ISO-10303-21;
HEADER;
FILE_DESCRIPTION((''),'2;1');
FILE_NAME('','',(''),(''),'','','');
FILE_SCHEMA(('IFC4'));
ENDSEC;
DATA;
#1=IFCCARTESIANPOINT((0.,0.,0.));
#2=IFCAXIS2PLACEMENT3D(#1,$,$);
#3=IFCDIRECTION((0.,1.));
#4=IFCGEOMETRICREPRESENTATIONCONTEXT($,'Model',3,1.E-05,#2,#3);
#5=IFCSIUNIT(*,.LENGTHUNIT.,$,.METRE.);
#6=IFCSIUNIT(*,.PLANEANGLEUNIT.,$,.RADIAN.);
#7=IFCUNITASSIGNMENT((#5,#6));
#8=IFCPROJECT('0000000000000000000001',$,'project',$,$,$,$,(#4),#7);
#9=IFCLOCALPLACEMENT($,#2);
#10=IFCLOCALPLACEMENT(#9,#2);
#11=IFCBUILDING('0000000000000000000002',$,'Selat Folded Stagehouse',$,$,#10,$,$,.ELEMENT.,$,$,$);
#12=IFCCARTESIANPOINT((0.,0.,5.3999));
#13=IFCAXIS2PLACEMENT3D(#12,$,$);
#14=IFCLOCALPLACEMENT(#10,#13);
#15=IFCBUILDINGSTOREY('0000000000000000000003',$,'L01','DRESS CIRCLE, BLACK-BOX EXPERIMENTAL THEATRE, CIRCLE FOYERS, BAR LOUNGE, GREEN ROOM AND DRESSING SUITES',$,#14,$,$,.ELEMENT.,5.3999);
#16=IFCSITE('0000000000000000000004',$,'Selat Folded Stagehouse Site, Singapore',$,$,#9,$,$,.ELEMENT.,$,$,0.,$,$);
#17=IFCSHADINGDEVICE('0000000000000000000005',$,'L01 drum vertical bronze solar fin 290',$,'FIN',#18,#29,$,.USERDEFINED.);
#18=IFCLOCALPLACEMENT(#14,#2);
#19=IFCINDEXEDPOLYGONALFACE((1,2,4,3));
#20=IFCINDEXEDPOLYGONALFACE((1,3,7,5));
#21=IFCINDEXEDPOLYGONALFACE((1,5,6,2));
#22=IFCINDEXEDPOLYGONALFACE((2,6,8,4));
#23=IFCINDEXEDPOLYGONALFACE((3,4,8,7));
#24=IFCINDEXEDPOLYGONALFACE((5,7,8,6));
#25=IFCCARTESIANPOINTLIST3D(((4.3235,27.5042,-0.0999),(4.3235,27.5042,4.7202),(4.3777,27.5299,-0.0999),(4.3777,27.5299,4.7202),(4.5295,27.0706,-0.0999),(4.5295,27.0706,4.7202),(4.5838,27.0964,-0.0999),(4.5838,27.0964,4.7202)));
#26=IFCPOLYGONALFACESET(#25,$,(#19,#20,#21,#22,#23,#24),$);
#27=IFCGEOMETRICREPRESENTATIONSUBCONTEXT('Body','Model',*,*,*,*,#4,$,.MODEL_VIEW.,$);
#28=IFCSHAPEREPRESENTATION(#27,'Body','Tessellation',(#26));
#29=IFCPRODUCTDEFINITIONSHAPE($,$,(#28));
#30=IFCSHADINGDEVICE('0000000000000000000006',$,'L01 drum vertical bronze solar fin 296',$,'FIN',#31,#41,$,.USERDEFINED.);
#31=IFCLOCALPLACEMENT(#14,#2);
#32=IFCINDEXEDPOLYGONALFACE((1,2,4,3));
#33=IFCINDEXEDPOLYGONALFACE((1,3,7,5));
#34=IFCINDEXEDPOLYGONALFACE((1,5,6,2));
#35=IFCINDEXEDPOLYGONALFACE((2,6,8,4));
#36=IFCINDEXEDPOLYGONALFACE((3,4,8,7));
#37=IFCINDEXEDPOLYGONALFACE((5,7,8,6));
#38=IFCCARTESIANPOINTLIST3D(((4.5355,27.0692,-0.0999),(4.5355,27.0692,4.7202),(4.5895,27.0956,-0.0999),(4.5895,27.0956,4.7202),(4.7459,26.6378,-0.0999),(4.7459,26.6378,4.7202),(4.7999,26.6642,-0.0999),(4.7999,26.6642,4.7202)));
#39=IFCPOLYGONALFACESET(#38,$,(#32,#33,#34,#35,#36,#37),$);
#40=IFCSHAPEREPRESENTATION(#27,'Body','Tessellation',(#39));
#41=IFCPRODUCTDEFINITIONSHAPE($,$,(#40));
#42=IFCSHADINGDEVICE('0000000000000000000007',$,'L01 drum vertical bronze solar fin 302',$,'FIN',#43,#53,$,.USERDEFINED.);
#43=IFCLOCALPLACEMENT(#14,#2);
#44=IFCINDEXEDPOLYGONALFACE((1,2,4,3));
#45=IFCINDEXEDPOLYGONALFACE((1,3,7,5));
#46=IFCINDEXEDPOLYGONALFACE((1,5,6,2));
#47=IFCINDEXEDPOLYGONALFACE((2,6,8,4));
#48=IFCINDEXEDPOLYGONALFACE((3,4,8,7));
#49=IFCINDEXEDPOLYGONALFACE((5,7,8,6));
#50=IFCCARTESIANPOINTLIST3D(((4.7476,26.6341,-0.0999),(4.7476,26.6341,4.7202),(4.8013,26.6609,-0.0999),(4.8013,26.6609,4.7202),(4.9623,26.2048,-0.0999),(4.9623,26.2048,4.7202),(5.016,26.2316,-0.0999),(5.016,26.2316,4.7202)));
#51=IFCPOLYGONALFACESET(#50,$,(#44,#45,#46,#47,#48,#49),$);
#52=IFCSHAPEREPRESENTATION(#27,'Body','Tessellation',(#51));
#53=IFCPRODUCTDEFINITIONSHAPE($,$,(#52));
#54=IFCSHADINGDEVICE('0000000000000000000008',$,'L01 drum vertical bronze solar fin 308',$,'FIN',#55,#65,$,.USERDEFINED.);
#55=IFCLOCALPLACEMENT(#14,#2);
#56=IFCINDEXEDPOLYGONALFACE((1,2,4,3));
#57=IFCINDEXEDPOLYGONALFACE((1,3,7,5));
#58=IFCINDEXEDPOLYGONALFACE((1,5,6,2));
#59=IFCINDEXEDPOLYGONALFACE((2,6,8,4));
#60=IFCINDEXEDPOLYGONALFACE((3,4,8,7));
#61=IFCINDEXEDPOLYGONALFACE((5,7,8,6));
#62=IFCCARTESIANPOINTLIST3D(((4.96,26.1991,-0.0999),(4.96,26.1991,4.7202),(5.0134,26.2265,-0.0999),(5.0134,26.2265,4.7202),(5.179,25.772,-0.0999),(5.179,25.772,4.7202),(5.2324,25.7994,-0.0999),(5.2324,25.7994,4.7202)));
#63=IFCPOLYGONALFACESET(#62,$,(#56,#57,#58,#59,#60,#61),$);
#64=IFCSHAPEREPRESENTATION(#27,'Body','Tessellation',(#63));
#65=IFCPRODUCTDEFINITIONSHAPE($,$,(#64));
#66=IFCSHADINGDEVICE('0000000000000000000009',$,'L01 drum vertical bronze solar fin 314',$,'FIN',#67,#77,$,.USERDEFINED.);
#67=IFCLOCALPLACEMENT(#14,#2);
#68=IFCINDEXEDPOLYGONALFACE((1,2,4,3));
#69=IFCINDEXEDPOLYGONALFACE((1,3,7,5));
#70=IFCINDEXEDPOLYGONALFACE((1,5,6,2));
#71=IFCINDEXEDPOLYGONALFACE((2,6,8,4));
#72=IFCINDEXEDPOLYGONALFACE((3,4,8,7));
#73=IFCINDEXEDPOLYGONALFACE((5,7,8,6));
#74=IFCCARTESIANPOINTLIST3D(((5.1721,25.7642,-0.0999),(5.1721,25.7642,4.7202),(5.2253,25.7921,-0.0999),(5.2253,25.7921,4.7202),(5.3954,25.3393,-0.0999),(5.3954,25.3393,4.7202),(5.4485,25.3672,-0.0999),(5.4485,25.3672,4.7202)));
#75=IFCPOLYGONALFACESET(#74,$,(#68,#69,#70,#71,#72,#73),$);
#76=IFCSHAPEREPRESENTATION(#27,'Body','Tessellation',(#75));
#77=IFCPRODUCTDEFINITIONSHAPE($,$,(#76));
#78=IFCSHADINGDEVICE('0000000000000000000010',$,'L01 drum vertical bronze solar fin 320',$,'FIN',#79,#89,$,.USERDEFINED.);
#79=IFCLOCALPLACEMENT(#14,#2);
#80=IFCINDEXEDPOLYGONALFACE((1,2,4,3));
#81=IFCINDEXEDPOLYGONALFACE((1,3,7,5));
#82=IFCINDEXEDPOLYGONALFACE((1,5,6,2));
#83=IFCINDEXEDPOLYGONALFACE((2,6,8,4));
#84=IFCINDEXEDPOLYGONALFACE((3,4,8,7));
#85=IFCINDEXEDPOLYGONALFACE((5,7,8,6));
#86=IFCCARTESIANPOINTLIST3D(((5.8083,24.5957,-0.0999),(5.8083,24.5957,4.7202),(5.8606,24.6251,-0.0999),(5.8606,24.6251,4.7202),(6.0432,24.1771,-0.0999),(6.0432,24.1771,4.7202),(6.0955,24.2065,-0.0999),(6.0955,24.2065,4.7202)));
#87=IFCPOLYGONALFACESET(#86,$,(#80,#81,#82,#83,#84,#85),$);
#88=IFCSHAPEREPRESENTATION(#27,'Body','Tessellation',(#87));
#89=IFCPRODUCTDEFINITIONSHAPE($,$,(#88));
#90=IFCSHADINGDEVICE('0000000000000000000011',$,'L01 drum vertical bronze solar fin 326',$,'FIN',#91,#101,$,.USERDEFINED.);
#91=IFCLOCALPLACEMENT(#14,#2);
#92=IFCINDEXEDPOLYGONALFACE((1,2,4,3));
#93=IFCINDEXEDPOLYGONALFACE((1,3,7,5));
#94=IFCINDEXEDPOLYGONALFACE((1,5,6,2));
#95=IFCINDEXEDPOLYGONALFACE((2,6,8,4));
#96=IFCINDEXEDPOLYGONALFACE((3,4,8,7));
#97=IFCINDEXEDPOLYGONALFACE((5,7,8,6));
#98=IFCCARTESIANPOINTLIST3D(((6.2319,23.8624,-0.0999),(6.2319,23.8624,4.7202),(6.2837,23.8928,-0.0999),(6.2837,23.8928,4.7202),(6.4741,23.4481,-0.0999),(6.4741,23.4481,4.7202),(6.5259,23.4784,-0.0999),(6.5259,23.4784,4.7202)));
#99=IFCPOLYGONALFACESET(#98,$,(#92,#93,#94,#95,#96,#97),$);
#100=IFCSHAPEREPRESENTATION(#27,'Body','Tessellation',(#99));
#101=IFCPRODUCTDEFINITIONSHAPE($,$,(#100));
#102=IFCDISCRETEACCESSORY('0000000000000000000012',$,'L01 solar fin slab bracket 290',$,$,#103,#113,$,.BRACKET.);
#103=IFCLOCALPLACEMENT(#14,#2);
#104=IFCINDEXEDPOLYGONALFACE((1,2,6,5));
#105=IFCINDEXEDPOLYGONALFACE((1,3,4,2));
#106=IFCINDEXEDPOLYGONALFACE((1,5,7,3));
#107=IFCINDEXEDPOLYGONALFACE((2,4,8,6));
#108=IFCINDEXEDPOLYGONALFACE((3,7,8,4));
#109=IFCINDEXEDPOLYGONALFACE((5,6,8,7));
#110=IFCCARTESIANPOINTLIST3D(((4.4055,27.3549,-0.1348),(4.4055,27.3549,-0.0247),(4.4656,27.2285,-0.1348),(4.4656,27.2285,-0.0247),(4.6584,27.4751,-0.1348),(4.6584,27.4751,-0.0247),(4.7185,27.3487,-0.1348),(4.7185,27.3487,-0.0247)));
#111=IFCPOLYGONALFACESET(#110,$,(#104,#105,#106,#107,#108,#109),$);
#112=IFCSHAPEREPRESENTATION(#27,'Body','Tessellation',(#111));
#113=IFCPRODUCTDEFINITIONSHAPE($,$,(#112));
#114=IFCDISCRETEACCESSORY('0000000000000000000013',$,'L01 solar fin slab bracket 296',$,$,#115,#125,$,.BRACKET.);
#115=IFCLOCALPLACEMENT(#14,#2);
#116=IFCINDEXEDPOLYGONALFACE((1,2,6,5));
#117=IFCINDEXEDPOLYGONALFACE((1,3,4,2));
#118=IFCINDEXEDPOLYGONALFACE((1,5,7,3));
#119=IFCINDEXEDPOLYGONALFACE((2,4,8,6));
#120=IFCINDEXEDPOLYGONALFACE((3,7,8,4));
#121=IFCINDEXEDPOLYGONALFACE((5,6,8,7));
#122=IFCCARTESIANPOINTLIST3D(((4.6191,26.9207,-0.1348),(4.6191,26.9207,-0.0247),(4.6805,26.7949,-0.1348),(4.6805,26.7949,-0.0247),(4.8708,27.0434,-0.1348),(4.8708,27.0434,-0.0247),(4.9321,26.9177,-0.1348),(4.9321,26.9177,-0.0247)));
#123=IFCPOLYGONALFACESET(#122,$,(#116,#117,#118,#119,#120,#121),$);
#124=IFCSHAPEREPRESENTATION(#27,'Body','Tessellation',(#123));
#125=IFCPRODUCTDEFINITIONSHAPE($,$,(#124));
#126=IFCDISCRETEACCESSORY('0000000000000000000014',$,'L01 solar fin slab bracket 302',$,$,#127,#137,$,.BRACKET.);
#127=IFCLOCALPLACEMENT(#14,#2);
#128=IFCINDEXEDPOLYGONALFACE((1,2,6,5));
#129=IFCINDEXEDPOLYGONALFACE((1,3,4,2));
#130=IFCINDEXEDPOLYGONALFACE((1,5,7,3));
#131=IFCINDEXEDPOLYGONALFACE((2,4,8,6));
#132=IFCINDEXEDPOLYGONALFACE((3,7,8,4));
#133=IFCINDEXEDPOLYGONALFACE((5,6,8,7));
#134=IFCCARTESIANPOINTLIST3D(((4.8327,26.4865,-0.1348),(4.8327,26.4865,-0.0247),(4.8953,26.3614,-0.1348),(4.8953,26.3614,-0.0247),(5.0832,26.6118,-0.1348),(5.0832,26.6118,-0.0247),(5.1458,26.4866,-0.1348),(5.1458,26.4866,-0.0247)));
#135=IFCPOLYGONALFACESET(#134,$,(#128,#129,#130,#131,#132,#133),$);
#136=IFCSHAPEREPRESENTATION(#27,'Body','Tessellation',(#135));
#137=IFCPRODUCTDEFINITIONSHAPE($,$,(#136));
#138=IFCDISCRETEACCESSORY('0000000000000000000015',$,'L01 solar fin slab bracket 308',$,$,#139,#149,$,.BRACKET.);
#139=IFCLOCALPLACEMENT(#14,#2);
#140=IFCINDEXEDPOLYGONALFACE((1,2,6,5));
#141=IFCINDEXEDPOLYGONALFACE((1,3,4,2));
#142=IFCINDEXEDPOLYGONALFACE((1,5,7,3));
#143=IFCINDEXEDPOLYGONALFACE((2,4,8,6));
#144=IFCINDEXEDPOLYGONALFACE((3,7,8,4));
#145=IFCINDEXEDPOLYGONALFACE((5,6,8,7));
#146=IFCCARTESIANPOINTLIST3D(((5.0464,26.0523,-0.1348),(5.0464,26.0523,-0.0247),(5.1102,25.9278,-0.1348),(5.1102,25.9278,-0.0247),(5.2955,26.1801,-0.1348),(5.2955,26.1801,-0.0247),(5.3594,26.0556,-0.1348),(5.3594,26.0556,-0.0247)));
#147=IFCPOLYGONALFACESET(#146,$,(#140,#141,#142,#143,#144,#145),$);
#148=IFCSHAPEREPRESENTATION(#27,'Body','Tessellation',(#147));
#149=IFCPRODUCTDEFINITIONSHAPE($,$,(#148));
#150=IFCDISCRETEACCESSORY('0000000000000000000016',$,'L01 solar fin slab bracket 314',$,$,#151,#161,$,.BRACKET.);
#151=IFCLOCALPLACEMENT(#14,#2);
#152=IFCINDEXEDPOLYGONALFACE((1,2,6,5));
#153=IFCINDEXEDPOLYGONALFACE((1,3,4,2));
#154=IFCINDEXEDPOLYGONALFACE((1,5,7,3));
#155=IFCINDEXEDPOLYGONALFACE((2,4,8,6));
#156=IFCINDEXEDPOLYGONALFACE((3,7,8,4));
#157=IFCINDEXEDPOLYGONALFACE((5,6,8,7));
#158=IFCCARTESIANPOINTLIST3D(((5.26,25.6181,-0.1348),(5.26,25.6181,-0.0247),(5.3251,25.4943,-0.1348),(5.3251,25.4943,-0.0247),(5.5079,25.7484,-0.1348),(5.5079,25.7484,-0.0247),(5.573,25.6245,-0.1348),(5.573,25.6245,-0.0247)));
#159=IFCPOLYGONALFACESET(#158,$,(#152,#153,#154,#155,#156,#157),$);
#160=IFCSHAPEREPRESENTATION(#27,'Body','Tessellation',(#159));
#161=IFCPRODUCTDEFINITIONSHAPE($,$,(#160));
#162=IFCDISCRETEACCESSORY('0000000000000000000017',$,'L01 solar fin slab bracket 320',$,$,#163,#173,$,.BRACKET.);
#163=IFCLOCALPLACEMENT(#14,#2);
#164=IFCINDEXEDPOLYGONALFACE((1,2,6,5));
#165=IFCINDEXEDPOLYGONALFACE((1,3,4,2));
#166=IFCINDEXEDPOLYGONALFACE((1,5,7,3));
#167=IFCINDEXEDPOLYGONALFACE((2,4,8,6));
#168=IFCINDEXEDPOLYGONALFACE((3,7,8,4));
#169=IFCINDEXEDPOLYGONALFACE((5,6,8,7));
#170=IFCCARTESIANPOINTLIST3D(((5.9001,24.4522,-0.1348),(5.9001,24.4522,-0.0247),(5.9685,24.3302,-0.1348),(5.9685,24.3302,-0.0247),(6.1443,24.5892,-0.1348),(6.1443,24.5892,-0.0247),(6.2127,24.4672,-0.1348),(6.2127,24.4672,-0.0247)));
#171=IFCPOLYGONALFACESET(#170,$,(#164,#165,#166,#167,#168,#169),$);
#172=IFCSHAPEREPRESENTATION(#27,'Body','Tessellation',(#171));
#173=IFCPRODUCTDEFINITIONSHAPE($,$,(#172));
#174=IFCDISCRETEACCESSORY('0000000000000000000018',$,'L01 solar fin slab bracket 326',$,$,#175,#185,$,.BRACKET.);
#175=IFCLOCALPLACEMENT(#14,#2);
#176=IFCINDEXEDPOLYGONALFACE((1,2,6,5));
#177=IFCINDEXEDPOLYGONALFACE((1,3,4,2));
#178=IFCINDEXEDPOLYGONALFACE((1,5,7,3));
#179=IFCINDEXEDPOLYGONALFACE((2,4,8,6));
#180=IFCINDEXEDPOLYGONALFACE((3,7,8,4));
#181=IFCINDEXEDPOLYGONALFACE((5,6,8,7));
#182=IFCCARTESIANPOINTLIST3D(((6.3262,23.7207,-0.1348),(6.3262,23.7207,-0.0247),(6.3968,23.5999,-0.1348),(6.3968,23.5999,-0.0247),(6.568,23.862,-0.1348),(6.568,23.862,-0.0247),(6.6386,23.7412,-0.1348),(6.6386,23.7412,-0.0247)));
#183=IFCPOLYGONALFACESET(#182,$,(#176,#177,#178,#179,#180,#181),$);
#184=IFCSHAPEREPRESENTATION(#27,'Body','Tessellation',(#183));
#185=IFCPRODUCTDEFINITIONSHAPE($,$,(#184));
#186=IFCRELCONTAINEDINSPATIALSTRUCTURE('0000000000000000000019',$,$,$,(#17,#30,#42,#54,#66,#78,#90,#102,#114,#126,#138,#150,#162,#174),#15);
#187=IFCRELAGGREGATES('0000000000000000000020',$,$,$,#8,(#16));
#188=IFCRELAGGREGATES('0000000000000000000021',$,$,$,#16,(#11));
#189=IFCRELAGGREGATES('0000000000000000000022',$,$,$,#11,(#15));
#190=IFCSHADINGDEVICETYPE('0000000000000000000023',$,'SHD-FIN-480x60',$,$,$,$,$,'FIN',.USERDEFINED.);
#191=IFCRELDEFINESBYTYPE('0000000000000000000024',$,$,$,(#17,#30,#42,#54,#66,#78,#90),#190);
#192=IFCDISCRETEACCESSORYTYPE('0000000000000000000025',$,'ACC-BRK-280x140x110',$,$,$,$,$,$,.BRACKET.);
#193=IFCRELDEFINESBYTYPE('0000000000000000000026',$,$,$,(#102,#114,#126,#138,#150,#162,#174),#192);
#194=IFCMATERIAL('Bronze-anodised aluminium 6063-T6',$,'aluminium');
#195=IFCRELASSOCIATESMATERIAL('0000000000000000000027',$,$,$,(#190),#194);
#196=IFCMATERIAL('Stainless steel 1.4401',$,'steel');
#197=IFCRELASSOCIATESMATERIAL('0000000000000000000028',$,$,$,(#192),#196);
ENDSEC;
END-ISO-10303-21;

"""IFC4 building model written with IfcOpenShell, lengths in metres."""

from ifc_helpers import new_model, si_unit, direction, frame, origin, origin_2d, place, context, subcontext, project, spatial, rectangle, extrude, material, material_profile, profile_set, type_object, element, save


model = new_model("IFC4")

# Units and contexts
model_context = context("Model", 3, precision=1e-05, world=origin(), true_north=direction((0.0, 1.0)))
body_context = subcontext(model_context, "Body", "Model", "MODEL_VIEW")
ifc_project = project(units=[si_unit("LENGTHUNIT", "METRE"), si_unit("PLANEANGLEUNIT", "RADIAN")], contexts=[model_context])

# Site, building, storey
site_placement = place(None, origin())
site = spatial("IfcSite", under=ifc_project, at=site_placement, Name="Selat Folded Stagehouse Site, Singapore", CompositionType="ELEMENT", RefElevation=0.0)
building_placement = place(site_placement, origin())
building = spatial("IfcBuilding", under=site, at=building_placement, Name="Selat Folded Stagehouse", CompositionType="ELEMENT")
storey_placement = place(building_placement, frame((0.0, 0.0, 5.3999)))
storey = spatial("IfcBuildingStorey", under=building, at=storey_placement, Name="L01", Description="DRESS CIRCLE, BLACK-BOX EXPERIMENTAL THEATRE, CIRCLE FOYERS, BAR LOUNGE, GREEN ROOM AND DRESSING SUITES", CompositionType="ELEMENT", Elevation=5.3999)

# Shading devices
ifc_material_1 = material(Name="Bronze-anodised aluminium 6063-T6", Category="aluminium")
ifc_material_profile_1 = material_profile(ifc_material_1, rectangle(XDim=0.0601, YDim=0.48, at=origin_2d()), Name="SOLAR-FIN 480x60")
ifc_profile_set_1 = profile_set([ifc_material_profile_1], Name="Bronze-anodised aluminium 6063-T6")
shading_device_type = type_object("IfcShadingDeviceType", Name="SHD-FIN-480x60", ElementType="FIN", PredefinedType="USERDEFINED", material=ifc_profile_set_1)
for number, where, z_axis, x_axis, name in (
    (1, (4.4536, 27.3003, -0.0999), (0.0, 0.0, 1.0), (-0.903186, -0.42925, 0.0), "L01 drum vertical bronze solar fin 290"),
    (2, (4.6677, 26.8667, -0.0999), (0.0, 0.0, 1.0), (-0.898794, -0.438371, 0.0), "L01 drum vertical bronze solar fin 296"),
    (3, (4.8818, 26.4329, -0.0999), (0.0, 0.0, 1.0), (-0.894389, -0.447291, 0.0), "L01 drum vertical bronze solar fin 302"),
    (4, (5.0962, 25.9993, -0.0999), (0.0, 0.0, 1.0), (-0.889815, -0.456322, 0.0), "L01 drum vertical bronze solar fin 308"),
    (5, (5.3103, 25.5657, -0.0999), (0.0, 0.0, 1.0), (-0.885231, -0.465151, 0.0), "L01 drum vertical bronze solar fin 314"),
    (6, (5.9519, 24.4011, -0.0999), (0.0, 0.0, 1.0), (-0.872069, -0.489382, 0.0), "L01 drum vertical bronze solar fin 320"),
    (7, (6.3789, 23.6704, -0.0999), (0.0, 0.0, 1.0), (-0.863307, -0.504678, 0.0), "L01 drum vertical bronze solar fin 326"),
):
    element("IfcShadingDevice", number, at=place(storey_placement, frame(where, z_axis=z_axis, x_axis=x_axis)), inside=storey, type_object=shading_device_type, Name=name, ObjectType="FIN", PredefinedType="USERDEFINED", context=body_context, shape_type="SweptSolid", body=[
        extrude(rectangle(XDim=0.0601, YDim=0.48, at=origin_2d()), origin(), (0.0, 0.0, 1.0), 4.8201),
    ])

# Discrete accessories
ifc_material_2 = material(Name="Stainless steel 1.4401", Category="steel")
discrete_accessory_type = type_object("IfcDiscreteAccessoryType", Name="ACC-BRK-280x140x110", PredefinedType="BRACKET", material=ifc_material_2)
for number, where, z_axis, x_axis, name in (
    (8, (4.562, 27.3518, -0.1348), (0.0, 0.0, 1.0), (-0.903186, -0.42925, 0.0), "L01 solar fin slab bracket 290"),
    (9, (4.7756, 26.9192, -0.1348), (0.0, 0.0, 1.0), (-0.898794, -0.438371, 0.0), "L01 solar fin slab bracket 296"),
    (10, (4.9893, 26.4866, -0.1348), (0.0, 0.0, 1.0), (-0.894389, -0.447291, 0.0), "L01 solar fin slab bracket 302"),
    (11, (5.2029, 26.054, -0.1348), (0.0, 0.0, 1.0), (-0.889815, -0.456322, 0.0), "L01 solar fin slab bracket 308"),
    (12, (5.4165, 25.6213, -0.1348), (0.0, 0.0, 1.0), (-0.885231, -0.465151, 0.0), "L01 solar fin slab bracket 314"),
    (13, (6.0564, 24.4597, -0.1348), (0.0, 0.0, 1.0), (-0.872069, -0.489382, 0.0), "L01 solar fin slab bracket 320"),
    (14, (6.4824, 23.731, -0.1348), (0.0, 0.0, 1.0), (-0.863307, -0.504678, 0.0), "L01 solar fin slab bracket 326"),
):
    element("IfcDiscreteAccessory", number, at=place(storey_placement, frame(where, z_axis=z_axis, x_axis=x_axis)), inside=storey, type_object=discrete_accessory_type, Name=name, PredefinedType="BRACKET", context=body_context, shape_type="SweptSolid", body=[
        extrude(rectangle(XDim=0.28, YDim=0.1399, at=origin_2d()), origin(), (0.0, 0.0, 1.0), 0.1101),
    ])

save(model, "model.ifc")
